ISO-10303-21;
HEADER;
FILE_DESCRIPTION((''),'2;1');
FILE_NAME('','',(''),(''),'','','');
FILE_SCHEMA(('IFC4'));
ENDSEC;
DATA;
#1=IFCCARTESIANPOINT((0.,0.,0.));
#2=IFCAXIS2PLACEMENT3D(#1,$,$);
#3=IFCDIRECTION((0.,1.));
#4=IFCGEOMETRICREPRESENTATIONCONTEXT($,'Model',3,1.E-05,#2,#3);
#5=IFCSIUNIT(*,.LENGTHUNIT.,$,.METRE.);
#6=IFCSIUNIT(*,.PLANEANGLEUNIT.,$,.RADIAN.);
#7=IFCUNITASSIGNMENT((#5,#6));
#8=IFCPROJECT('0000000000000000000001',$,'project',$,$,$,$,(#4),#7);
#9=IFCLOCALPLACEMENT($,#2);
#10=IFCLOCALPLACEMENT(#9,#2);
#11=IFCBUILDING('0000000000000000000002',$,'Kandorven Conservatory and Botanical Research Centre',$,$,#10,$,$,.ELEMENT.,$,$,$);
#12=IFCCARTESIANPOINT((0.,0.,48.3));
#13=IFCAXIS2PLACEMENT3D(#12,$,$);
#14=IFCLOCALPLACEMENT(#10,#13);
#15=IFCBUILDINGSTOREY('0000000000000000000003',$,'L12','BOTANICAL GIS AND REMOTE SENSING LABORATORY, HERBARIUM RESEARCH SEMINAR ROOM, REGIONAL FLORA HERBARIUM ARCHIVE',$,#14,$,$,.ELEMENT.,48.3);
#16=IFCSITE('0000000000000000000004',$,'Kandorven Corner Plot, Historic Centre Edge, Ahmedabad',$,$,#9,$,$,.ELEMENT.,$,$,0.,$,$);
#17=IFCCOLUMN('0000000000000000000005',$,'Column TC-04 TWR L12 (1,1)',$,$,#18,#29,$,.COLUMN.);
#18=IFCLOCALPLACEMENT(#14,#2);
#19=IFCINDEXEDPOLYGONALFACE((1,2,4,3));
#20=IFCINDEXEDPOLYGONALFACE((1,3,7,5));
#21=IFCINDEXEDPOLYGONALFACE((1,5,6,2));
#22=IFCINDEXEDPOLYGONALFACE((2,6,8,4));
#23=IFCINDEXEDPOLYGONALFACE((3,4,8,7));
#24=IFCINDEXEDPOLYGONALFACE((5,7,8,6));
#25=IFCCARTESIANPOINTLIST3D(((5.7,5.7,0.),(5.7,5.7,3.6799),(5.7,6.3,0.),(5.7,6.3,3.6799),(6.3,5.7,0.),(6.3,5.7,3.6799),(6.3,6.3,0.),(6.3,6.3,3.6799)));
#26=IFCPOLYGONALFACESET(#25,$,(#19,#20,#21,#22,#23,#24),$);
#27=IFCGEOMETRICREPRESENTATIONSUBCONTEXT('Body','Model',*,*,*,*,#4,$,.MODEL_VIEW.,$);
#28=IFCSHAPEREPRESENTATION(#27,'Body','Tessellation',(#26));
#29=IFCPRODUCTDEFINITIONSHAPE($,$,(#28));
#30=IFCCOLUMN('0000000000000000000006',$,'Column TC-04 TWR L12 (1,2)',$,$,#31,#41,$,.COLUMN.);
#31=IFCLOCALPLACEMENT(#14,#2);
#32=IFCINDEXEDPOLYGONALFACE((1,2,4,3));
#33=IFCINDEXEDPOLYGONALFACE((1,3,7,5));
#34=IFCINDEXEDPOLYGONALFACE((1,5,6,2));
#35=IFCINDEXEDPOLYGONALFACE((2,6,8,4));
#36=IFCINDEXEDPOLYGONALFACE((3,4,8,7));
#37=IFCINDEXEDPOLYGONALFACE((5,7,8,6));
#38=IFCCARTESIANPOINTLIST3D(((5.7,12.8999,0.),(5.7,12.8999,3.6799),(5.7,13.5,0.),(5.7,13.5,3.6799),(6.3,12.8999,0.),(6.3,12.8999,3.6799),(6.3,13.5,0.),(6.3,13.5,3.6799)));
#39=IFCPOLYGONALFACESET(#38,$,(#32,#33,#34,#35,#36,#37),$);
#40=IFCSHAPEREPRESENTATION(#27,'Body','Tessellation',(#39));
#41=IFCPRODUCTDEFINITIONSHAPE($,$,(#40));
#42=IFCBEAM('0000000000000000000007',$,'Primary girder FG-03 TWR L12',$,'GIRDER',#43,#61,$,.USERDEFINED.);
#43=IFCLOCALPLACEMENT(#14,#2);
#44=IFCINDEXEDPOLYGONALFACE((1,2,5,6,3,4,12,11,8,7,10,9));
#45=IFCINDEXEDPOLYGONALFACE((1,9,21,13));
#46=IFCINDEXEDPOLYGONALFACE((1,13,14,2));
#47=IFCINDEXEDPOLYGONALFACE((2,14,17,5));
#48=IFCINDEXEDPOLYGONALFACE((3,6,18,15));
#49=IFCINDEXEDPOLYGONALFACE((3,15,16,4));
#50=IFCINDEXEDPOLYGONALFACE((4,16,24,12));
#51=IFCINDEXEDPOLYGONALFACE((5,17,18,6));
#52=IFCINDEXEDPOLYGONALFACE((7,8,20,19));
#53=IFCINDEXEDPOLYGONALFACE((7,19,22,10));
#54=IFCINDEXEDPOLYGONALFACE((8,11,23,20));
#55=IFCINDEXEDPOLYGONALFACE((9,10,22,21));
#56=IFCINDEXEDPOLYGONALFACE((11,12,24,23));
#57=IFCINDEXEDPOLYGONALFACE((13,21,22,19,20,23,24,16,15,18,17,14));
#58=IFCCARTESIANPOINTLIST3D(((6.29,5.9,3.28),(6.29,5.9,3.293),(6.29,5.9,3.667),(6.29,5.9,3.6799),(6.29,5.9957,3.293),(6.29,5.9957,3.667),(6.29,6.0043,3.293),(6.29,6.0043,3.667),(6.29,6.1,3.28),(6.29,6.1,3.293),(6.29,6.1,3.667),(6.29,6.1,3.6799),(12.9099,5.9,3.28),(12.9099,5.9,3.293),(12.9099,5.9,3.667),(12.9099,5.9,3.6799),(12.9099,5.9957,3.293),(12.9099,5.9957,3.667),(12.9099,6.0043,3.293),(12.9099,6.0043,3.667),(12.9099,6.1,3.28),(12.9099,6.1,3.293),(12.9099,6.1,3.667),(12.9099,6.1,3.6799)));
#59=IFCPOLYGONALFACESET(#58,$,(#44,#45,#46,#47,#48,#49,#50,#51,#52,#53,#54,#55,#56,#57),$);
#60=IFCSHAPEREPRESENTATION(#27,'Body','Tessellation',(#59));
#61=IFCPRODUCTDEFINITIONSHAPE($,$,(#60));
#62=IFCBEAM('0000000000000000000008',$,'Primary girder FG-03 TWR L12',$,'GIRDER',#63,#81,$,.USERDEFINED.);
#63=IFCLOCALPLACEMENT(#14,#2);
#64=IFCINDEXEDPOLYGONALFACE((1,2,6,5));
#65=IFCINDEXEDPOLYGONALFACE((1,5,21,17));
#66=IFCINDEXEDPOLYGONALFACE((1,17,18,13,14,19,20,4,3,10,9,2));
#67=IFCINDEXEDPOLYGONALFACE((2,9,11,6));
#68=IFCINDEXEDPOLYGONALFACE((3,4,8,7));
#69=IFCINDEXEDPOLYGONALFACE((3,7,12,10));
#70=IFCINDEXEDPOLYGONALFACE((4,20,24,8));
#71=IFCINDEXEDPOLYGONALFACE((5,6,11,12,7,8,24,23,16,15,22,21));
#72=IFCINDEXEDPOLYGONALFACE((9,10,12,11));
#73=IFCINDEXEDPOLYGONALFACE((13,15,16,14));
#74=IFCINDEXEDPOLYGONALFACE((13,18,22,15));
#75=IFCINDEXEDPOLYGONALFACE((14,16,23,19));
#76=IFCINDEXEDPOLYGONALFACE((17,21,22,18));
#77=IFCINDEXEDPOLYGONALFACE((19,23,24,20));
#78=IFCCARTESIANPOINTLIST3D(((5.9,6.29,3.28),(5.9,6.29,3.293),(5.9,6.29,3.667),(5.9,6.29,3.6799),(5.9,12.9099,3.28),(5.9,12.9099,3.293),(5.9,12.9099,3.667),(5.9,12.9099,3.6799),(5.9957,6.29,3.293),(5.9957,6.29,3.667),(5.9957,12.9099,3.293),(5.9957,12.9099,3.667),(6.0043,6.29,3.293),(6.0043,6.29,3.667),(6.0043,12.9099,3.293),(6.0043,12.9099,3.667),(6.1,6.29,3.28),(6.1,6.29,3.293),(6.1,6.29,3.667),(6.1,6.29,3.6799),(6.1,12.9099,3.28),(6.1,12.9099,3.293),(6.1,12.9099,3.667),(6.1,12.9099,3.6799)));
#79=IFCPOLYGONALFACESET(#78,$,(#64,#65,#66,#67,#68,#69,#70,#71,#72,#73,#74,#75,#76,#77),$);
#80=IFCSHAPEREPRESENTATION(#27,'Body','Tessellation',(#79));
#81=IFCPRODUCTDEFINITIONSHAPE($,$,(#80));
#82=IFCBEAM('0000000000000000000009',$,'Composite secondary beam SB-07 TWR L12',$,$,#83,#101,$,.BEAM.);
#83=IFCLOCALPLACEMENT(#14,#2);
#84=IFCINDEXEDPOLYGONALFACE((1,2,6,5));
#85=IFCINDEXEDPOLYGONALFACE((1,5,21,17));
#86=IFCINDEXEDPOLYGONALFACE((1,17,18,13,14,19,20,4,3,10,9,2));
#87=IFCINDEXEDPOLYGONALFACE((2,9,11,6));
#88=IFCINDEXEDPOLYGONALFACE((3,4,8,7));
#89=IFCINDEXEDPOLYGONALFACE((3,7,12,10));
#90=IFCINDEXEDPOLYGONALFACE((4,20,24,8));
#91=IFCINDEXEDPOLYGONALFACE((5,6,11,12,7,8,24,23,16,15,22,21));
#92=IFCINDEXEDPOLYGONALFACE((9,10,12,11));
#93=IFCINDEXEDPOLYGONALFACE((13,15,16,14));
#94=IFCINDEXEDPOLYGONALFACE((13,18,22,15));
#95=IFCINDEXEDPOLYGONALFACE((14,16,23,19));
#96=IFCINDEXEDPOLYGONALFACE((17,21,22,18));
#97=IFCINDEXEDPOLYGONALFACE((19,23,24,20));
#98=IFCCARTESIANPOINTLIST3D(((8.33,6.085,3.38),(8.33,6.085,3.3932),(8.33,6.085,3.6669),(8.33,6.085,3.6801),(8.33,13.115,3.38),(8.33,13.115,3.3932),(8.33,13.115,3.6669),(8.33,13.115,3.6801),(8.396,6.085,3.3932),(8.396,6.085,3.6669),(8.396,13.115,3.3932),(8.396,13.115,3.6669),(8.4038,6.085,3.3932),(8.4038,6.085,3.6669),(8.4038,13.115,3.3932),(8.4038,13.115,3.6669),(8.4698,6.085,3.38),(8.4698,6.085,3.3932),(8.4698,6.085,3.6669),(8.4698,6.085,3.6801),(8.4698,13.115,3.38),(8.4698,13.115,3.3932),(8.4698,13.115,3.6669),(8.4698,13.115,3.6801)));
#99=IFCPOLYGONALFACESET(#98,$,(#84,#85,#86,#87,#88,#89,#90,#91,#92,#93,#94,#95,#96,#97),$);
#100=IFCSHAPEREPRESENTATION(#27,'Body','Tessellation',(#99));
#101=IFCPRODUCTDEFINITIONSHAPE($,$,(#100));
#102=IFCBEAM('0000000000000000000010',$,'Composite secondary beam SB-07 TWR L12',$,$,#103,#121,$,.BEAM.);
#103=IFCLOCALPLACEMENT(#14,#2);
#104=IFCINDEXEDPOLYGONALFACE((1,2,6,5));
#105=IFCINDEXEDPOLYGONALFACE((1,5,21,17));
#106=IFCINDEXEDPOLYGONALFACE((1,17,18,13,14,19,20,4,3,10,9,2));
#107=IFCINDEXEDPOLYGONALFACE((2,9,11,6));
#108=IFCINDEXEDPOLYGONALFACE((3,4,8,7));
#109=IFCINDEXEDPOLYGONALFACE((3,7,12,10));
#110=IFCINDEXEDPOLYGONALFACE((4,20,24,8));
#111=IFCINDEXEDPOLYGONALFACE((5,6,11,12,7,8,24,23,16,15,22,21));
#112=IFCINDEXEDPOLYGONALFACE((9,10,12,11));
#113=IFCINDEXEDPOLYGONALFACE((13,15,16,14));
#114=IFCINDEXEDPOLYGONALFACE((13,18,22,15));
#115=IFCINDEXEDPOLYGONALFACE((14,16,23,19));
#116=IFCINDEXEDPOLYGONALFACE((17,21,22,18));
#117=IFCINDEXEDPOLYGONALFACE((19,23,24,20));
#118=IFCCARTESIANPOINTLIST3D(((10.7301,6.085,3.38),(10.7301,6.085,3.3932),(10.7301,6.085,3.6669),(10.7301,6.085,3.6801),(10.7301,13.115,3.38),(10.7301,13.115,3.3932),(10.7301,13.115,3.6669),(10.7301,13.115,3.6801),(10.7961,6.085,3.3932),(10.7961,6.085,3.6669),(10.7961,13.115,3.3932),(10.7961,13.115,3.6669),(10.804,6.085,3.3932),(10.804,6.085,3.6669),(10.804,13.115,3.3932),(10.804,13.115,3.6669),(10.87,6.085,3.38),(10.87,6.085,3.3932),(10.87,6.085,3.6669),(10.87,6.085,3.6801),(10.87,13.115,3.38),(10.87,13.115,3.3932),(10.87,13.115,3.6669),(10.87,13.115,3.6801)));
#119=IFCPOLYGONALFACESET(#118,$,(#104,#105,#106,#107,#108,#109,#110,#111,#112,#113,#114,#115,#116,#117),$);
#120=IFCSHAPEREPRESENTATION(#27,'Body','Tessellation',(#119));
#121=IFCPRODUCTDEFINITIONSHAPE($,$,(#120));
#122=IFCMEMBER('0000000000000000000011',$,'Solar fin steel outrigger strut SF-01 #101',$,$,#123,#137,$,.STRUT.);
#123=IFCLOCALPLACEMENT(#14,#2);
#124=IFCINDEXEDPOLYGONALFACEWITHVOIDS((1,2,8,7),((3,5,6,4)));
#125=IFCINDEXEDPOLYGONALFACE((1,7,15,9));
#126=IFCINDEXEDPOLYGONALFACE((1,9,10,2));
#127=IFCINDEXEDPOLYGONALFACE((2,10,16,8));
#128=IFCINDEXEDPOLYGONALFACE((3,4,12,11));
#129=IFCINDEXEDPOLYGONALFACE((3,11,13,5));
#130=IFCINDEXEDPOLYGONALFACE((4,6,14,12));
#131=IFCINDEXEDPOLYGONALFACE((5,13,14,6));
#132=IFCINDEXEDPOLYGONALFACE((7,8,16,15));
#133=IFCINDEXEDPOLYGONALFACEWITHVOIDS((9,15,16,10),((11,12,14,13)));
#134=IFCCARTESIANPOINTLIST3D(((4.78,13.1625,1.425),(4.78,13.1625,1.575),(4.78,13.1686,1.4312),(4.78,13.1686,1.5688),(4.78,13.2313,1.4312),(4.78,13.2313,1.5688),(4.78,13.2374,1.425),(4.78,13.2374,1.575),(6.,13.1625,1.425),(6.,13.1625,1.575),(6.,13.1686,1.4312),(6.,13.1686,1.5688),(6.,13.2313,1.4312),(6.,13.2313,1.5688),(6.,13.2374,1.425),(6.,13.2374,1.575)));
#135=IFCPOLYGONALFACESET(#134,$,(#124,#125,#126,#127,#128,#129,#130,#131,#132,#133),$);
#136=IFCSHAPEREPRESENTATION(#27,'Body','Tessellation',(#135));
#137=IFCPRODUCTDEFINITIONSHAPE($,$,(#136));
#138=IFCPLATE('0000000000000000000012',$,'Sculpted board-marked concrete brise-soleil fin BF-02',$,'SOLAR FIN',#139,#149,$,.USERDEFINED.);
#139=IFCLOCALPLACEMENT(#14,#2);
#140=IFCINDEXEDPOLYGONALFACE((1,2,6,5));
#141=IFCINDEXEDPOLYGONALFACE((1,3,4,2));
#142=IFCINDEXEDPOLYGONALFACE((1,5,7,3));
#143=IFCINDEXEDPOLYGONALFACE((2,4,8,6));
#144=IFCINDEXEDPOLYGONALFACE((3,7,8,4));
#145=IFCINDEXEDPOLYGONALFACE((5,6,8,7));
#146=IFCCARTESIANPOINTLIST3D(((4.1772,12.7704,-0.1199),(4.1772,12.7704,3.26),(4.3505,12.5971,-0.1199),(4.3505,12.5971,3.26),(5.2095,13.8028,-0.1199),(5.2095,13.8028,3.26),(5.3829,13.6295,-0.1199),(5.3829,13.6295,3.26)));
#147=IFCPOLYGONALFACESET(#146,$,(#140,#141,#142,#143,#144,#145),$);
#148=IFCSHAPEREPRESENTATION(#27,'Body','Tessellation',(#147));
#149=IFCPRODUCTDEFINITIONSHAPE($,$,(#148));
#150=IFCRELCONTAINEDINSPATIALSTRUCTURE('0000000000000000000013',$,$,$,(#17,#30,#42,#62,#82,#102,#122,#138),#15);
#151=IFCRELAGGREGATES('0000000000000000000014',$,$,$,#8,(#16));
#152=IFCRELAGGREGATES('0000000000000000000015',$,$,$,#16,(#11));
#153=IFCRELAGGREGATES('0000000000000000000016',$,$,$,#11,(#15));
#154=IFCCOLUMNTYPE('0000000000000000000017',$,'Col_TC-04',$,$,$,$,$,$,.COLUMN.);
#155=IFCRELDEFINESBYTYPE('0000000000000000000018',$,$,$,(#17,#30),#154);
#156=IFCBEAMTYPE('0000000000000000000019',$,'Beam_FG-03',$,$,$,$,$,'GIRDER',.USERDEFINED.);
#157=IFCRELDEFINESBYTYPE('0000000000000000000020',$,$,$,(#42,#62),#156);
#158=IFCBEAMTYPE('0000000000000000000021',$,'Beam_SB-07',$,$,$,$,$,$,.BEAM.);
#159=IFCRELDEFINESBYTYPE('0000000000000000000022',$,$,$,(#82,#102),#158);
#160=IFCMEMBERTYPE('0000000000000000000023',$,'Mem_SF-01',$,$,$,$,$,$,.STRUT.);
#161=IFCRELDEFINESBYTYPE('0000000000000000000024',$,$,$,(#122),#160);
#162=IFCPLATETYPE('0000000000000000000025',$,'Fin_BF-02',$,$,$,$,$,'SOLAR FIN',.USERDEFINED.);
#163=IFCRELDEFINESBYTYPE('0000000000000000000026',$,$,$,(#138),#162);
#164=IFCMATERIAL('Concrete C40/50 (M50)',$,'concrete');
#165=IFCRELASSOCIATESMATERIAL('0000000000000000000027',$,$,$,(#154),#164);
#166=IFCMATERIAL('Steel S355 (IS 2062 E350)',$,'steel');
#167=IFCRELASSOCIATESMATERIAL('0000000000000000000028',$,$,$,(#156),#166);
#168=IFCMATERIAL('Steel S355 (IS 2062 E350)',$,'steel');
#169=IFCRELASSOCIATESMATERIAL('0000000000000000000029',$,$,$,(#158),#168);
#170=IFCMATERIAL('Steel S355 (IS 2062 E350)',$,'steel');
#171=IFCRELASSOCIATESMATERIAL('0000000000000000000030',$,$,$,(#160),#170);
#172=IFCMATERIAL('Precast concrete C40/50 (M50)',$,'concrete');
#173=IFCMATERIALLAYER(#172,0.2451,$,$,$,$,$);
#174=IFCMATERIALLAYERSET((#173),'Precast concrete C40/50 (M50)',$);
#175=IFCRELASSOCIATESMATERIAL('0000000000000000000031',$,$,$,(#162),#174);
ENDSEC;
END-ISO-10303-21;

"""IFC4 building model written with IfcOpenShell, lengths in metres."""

from ifc_helpers import new_model, si_unit, direction, frame, origin, origin_2d, place, context, subcontext, project, spatial, rectangle, hollow_rectangle, i_section, extrude, material, layer, layer_set, material_profile, profile_set, type_object, element, save


model = new_model("IFC4")

# Units and contexts
model_context = context("Model", 3, precision=1e-05, world=origin(), true_north=direction((0.0, 1.0)))
body_context = subcontext(model_context, "Body", "Model", "MODEL_VIEW")
ifc_project = project(units=[si_unit("LENGTHUNIT", "METRE"), si_unit("PLANEANGLEUNIT", "RADIAN")], contexts=[model_context])

# Site, building, storey
site_placement = place(None, origin())
site = spatial("IfcSite", under=ifc_project, at=site_placement, Name="Kandorven Corner Plot, Historic Centre Edge, Ahmedabad", CompositionType="ELEMENT", RefElevation=0.0)
building_placement = place(site_placement, origin())
building = spatial("IfcBuilding", under=site, at=building_placement, Name="Kandorven Conservatory and Botanical Research Centre", CompositionType="ELEMENT")
storey_placement = place(building_placement, frame((0.0, 0.0, 48.3)))
storey = spatial("IfcBuildingStorey", under=building, at=storey_placement, Name="L12", Description="BOTANICAL GIS AND REMOTE SENSING LABORATORY, HERBARIUM RESEARCH SEMINAR ROOM, REGIONAL FLORA HERBARIUM ARCHIVE", CompositionType="ELEMENT", Elevation=48.3)

# Columns
ifc_material_1 = material(Name="Concrete C40/50 (M50)", Category="concrete")
ifc_material_profile_1 = material_profile(ifc_material_1, rectangle(XDim=0.6001, YDim=0.6001, at=origin_2d()))
ifc_profile_set_1 = profile_set([ifc_material_profile_1], Name="Concrete C40/50 (M50)")
column_type = type_object("IfcColumnType", Name="Col_TC-04", PredefinedType="COLUMN", material=ifc_profile_set_1)
for number, where, z_axis, x_axis, name in (
    (1, (6.0, 6.0, 0.0), (0.0, 0.0, 1.0), (1.0, 0.0, 0.0), "Column TC-04 TWR L12 (1,1)"),
    (2, (6.0, 13.2, 0.0), (0.0, 0.0, 1.0), (1.0, 0.0, 0.0), "Column TC-04 TWR L12 (1,2)"),
):
    element("IfcColumn", number, at=place(storey_placement, frame(where, z_axis=z_axis, x_axis=x_axis)), inside=storey, type_object=column_type, Name=name, PredefinedType="COLUMN", context=body_context, shape_type="SweptSolid", body=[
        extrude(rectangle(XDim=0.6001, YDim=0.6001, at=origin_2d()), origin(), (0.0, 0.0, 1.0), 3.6799),
    ])

# Beams
ifc_material_2 = material(Name="Steel S355 (IS 2062 E350)", Category="steel")
ifc_material_profile_2 = material_profile(ifc_material_2, i_section(OverallWidth=0.2, OverallDepth=0.3999, WebThickness=0.0085, FlangeThickness=0.0129, at=origin_2d()))
ifc_profile_set_2 = profile_set([ifc_material_profile_2], Name="Steel S355 (IS 2062 E350)")
beam_type_1 = type_object("IfcBeamType", Name="Beam_FG-03", ElementType="GIRDER", PredefinedType="USERDEFINED", material=ifc_profile_set_2)
for number, where, z_axis, x_axis, name in (
    (3, (6.29, 6.0, 3.48), (1.0, 0.0, 0.0), (0.0, 1.0, 0.0), "Primary girder FG-03 TWR L12"),
    (4, (6.0, 6.29, 3.48), (0.0, 1.0, 0.0), (-1.0, 0.0, 0.0), "Primary girder FG-03 TWR L12"),
):
    element("IfcBeam", number, at=place(storey_placement, frame(where, z_axis=z_axis, x_axis=x_axis)), inside=storey, type_object=beam_type_1, Name=name, ObjectType="GIRDER", PredefinedType="USERDEFINED", context=body_context, shape_type="SweptSolid", body=[
        extrude(i_section(OverallWidth=0.2, OverallDepth=0.3999, WebThickness=0.0085, FlangeThickness=0.0129, at=origin_2d()), origin(), (0.0, 0.0, 1.0), 6.6199),
    ])
ifc_material_3 = material(Name="Steel S355 (IS 2062 E350)", Category="steel")
ifc_material_profile_3 = material_profile(ifc_material_3, i_section(OverallWidth=0.1399, OverallDepth=0.3, WebThickness=0.0078, FlangeThickness=0.0132, at=origin_2d()))
ifc_profile_set_3 = profile_set([ifc_material_profile_3], Name="Steel S355 (IS 2062 E350)")
beam_type_2 = type_object("IfcBeamType", Name="Beam_SB-07", PredefinedType="BEAM", material=ifc_profile_set_3)
for number, where, z_axis, x_axis, name in (
    (5, (8.3999, 6.085, 3.53), (0.0, 1.0, 0.0), (-1.0, 0.0, 0.0), "Composite secondary beam SB-07 TWR L12"),
    (6, (10.8, 6.085, 3.53), (0.0, 1.0, 0.0), (-1.0, 0.0, 0.0), "Composite secondary beam SB-07 TWR L12"),
):
    element("IfcBeam", number, at=place(storey_placement, frame(where, z_axis=z_axis, x_axis=x_axis)), inside=storey, type_object=beam_type_2, Name=name, PredefinedType="BEAM", context=body_context, shape_type="SweptSolid", body=[
        extrude(i_section(OverallWidth=0.1399, OverallDepth=0.3, WebThickness=0.0078, FlangeThickness=0.0132, at=origin_2d()), origin(), (0.0, 0.0, 1.0), 7.03),
    ])

# Member
ifc_material_4 = material(Name="Steel S355 (IS 2062 E350)", Category="steel")
ifc_material_profile_4 = material_profile(ifc_material_4, hollow_rectangle(XDim=0.075, YDim=0.1499, WallThickness=0.0061, at=origin_2d()))
ifc_profile_set_4 = profile_set([ifc_material_profile_4], Name="Steel S355 (IS 2062 E350)")
member_type = type_object("IfcMemberType", Name="Mem_SF-01", PredefinedType="STRUT", material=ifc_profile_set_4)
member_placement = place(storey_placement, frame((6.0, 13.2, 1.5), z_axis=(-1.0, 0.0, 0.0), x_axis=(0.0, -1.0, 0.0)))
element("IfcMember", 7, at=member_placement, inside=storey, type_object=member_type, Name="Solar fin steel outrigger strut SF-01 #101", PredefinedType="STRUT", context=body_context, shape_type="SweptSolid", body=[
    extrude(hollow_rectangle(XDim=0.075, YDim=0.1499, WallThickness=0.0061, at=origin_2d()), origin(), (0.0, 0.0, 1.0), 1.22),
])

# Plate
ifc_material_5 = material(Name="Precast concrete C40/50 (M50)", Category="concrete")
ifc_layer_1 = layer(ifc_material_5, 0.2451)
ifc_layer_set_1 = layer_set([ifc_layer_1], Name="Precast concrete C40/50 (M50)")
plate_type = type_object("IfcPlateType", Name="Fin_BF-02", ElementType="SOLAR FIN", PredefinedType="USERDEFINED", material=ifc_layer_set_1)
plate_placement = place(storey_placement, frame((4.78, 13.2, -0.1199), z_axis=(0.0, 0.0, 1.0), x_axis=(0.707107, 0.707107, 0.0)))
element("IfcPlate", 8, at=plate_placement, inside=storey, type_object=plate_type, Name="Sculpted board-marked concrete brise-soleil fin BF-02", ObjectType="SOLAR FIN", PredefinedType="USERDEFINED", context=body_context, shape_type="SweptSolid", body=[
    extrude(rectangle(XDim=1.46, YDim=0.2451, at=origin_2d()), origin(), (0.0, 0.0, 1.0), 3.3799),
])

save(model, "model.ifc")
